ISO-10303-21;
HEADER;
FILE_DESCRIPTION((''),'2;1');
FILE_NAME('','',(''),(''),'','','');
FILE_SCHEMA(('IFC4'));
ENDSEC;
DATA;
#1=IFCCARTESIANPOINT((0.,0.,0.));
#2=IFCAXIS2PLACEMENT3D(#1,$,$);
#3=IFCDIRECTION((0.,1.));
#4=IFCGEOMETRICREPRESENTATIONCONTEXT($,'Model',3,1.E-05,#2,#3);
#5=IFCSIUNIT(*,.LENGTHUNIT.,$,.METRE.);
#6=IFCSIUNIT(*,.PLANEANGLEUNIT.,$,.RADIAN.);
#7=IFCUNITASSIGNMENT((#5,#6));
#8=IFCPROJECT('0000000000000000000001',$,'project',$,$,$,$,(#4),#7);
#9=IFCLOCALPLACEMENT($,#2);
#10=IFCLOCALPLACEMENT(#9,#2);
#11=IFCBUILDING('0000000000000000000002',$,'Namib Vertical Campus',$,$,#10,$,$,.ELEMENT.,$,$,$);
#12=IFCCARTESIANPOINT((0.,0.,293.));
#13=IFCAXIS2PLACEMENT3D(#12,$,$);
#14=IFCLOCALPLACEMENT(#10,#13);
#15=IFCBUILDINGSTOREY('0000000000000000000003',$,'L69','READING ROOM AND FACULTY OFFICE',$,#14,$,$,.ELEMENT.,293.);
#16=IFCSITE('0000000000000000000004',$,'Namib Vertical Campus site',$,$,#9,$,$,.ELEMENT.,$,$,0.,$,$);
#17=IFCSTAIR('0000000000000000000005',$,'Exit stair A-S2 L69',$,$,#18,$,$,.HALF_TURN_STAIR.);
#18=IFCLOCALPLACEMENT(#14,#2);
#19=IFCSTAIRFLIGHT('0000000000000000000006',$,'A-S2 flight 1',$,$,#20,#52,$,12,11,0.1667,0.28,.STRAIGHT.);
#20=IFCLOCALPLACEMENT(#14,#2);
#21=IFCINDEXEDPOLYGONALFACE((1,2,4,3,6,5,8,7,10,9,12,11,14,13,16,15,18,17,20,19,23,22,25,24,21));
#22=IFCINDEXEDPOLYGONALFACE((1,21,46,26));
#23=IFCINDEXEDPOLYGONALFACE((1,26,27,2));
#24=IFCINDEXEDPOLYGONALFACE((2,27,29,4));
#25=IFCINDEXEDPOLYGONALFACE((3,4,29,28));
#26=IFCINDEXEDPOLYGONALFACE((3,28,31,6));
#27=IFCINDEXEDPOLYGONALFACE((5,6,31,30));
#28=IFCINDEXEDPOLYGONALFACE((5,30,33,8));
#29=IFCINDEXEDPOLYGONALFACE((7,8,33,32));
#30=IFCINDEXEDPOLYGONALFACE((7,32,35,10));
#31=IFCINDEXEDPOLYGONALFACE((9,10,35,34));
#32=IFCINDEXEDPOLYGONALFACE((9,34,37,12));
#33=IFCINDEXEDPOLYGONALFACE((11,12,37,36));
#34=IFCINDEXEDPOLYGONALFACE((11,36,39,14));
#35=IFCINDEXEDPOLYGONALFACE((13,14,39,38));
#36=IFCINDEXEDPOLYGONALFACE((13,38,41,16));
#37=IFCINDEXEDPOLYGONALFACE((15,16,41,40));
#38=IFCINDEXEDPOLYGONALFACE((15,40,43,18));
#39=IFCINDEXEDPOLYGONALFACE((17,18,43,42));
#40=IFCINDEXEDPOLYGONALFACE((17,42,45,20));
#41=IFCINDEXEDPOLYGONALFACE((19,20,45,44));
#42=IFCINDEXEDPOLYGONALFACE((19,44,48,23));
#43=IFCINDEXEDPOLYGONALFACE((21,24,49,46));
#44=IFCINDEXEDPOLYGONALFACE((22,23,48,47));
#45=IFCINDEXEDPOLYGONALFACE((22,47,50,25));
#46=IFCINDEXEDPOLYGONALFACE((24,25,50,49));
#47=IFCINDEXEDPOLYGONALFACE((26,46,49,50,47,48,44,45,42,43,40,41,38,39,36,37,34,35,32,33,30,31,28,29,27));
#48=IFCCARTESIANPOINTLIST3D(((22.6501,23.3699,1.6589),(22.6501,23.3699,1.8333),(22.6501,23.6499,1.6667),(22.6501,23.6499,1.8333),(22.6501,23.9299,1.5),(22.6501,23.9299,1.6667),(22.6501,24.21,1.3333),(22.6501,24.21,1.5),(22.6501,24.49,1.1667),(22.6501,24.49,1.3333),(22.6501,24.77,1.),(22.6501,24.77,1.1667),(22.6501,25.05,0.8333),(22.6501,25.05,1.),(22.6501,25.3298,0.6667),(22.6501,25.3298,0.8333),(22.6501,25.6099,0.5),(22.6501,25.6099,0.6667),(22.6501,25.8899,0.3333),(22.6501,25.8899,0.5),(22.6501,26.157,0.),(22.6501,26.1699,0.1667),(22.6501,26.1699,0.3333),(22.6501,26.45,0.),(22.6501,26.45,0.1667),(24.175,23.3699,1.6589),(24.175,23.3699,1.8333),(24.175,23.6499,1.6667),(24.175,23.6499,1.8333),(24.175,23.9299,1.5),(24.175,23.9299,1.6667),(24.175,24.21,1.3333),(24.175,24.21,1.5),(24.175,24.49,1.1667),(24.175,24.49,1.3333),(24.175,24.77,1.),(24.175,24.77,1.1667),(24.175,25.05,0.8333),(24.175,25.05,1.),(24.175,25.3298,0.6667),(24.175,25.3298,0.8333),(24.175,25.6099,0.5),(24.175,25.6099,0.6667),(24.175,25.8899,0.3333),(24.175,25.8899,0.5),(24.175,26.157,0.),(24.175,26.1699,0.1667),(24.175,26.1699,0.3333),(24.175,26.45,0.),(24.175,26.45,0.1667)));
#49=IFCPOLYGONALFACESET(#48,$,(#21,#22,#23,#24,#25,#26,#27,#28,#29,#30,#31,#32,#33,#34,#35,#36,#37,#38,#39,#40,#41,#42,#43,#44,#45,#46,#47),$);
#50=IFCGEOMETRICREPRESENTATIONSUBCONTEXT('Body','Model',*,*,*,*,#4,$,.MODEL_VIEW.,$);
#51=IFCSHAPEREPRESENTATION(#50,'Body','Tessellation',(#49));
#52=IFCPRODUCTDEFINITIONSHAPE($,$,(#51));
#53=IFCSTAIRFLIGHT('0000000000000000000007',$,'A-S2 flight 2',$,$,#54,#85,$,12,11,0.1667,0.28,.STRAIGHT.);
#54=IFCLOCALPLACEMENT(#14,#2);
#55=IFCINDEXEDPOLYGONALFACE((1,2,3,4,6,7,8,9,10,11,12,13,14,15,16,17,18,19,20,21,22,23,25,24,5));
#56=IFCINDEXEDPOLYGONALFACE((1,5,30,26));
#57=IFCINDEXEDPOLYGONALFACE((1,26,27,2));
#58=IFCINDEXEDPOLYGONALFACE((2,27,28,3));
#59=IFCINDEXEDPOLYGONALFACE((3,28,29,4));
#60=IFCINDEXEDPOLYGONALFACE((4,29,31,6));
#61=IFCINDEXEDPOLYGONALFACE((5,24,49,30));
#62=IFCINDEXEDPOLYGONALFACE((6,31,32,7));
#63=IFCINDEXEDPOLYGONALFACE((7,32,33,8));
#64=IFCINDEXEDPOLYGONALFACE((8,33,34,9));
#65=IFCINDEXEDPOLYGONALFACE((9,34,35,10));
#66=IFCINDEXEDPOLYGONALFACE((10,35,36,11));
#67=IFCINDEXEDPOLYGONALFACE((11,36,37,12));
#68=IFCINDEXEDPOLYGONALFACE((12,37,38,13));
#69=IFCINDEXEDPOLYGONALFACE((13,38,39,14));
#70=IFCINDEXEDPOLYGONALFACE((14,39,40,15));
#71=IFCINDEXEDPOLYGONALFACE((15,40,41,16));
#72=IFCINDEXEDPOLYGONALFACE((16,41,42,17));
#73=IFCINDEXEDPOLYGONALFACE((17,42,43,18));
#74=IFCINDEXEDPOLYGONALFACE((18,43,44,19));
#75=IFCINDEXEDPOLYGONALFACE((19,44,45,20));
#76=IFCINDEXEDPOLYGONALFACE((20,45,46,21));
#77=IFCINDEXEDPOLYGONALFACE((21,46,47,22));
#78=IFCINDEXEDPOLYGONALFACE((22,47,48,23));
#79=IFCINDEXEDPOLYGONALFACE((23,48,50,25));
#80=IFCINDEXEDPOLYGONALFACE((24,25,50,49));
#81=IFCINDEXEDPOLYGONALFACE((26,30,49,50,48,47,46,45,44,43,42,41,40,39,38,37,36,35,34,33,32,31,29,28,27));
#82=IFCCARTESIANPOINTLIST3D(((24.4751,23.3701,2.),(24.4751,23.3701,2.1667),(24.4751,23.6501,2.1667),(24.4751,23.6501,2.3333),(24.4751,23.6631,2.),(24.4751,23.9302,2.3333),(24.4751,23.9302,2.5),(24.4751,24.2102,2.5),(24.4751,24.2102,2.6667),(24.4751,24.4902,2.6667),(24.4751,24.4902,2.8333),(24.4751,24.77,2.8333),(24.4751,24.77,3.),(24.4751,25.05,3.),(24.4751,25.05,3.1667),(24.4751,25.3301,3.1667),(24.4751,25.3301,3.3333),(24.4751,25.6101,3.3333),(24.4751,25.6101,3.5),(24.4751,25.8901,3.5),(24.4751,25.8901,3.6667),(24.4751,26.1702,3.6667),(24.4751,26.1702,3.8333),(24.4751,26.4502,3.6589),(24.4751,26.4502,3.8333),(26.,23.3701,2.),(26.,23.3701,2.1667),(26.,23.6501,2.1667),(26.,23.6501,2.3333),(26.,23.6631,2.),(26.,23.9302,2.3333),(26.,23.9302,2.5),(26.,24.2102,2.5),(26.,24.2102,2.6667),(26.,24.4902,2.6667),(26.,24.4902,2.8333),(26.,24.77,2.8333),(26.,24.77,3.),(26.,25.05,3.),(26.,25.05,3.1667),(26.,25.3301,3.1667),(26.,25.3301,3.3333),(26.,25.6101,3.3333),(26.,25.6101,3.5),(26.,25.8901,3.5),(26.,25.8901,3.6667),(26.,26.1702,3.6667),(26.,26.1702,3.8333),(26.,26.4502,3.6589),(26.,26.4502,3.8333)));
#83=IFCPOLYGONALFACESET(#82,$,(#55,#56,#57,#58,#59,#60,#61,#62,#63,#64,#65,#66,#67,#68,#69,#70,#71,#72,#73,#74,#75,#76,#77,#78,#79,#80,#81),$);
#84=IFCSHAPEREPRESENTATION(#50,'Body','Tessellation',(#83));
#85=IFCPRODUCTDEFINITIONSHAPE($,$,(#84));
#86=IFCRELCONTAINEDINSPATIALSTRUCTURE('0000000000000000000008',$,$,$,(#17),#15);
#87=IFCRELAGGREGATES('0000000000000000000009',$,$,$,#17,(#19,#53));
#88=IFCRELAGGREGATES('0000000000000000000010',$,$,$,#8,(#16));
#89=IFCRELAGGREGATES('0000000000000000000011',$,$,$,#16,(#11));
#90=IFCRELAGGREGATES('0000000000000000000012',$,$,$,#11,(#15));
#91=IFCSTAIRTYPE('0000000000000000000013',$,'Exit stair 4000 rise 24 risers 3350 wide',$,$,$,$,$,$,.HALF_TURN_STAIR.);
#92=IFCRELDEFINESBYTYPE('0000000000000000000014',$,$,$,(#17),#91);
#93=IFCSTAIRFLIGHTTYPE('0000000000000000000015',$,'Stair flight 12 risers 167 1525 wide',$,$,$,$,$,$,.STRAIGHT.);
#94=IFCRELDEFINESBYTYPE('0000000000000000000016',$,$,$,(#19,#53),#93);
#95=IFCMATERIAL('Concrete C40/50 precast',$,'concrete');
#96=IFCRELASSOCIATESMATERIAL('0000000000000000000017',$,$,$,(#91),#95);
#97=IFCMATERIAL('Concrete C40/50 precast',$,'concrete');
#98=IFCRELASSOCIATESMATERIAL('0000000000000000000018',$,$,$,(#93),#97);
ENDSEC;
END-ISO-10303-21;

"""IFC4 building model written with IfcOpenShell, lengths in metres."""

from ifc_helpers import new_model, si_unit, direction, frame, origin, place, context, subcontext, project, spatial, polyline, outline, extrude, material, type_object, element, aggregate, save


model = new_model("IFC4")

# Units and contexts
model_context = context("Model", 3, precision=1e-05, world=origin(), true_north=direction((0.0, 1.0)))
body_context = subcontext(model_context, "Body", "Model", "MODEL_VIEW")
ifc_project = project(units=[si_unit("LENGTHUNIT", "METRE"), si_unit("PLANEANGLEUNIT", "RADIAN")], contexts=[model_context])

# Site, building, storey
site_placement = place(None, origin())
site = spatial("IfcSite", under=ifc_project, at=site_placement, Name="Namib Vertical Campus site", CompositionType="ELEMENT", RefElevation=0.0)
building_placement = place(site_placement, origin())
building = spatial("IfcBuilding", under=site, at=building_placement, Name="Namib Vertical Campus", CompositionType="ELEMENT")
storey_placement = place(building_placement, frame((0.0, 0.0, 293.0)))
storey = spatial("IfcBuildingStorey", under=building, at=storey_placement, Name="L69", Description="READING ROOM AND FACULTY OFFICE", CompositionType="ELEMENT", Elevation=293.0)

# Stair, stair flights
ifc_material_1 = material(Name="Concrete C40/50 precast", Category="concrete")
stair_type = type_object("IfcStairType", Name="Exit stair 4000 rise 24 risers 3350 wide", PredefinedType="HALF_TURN_STAIR", material=ifc_material_1)
stair_placement = place(storey_placement, origin())
stair = element("IfcStair", 1, at=stair_placement, inside=storey, type_object=stair_type, Name="Exit stair A-S2 L69", PredefinedType="HALF_TURN_STAIR")
ifc_material_2 = material(Name="Concrete C40/50 precast", Category="concrete")
stair_flight_type = type_object("IfcStairFlightType", Name="Stair flight 12 risers 167 1525 wide", PredefinedType="STRAIGHT", material=ifc_material_2)
stair_flight_1_placement = place(storey_placement, frame((23.4126, 26.45, 0.0), z_axis=(0.0, 0.0, 1.0), x_axis=(0.0, -1.0, 0.0)))
stair_flight_1 = element("IfcStairFlight", 2, at=stair_flight_1_placement, type_object=stair_flight_type, Name="A-S2 flight 1", NumberOfRisers=12, NumberOfTreads=11, PredefinedType="STRAIGHT", RiserHeight=0.1667, TreadLength=0.28, context=body_context, shape_type="SweptSolid", body=[
    extrude(outline(polyline([(0.0, 0.0), (0.0, 0.1667), (0.28, 0.1667), (0.28, 0.3333), (0.5601, 0.3333), (0.5601, 0.5), (0.8401, 0.5), (0.8401, 0.6667), (1.1201, 0.6667), (1.1201, 0.8333), (1.3999, 0.8333), (1.3999, 1.0), (1.6799, 1.0), (1.6799, 1.1667), (1.96, 1.1667), (1.96, 1.3333), (2.24, 1.3333), (2.24, 1.5), (2.52, 1.5), (2.52, 1.6667), (2.8, 1.6667), (2.8, 1.8333), (3.0801, 1.8333), (3.0801, 2.0), (3.0801, 1.6589), (0.293, 0.0), (0.0, 0.0)])), frame((0.0, 0.7625, 0.0), z_axis=(0.0, -1.0, 0.0), x_axis=(1.0, 0.0, 0.0)), (0.0, 0.0, 1.0), 1.5249),
])
stair_flight_2_placement = place(storey_placement, frame((25.2375, 23.3701, 2.0), z_axis=(0.0, 0.0, 1.0), x_axis=(0.0, 1.0, 0.0)))
stair_flight_2 = element("IfcStairFlight", 3, at=stair_flight_2_placement, type_object=stair_flight_type, Name="A-S2 flight 2", NumberOfRisers=12, NumberOfTreads=11, PredefinedType="STRAIGHT", RiserHeight=0.1667, TreadLength=0.28, context=body_context, shape_type="SweptSolid", body=[
    extrude(outline(polyline([(0.0, 0.0), (0.0, 0.1667), (0.28, 0.1667), (0.28, 0.3333), (0.5601, 0.3333), (0.5601, 0.5), (0.8401, 0.5), (0.8401, 0.6667), (1.1201, 0.6667), (1.1201, 0.8333), (1.3999, 0.8333), (1.3999, 1.0), (1.6799, 1.0), (1.6799, 1.1667), (1.96, 1.1667), (1.96, 1.3333), (2.24, 1.3333), (2.24, 1.5), (2.52, 1.5), (2.52, 1.6667), (2.8, 1.6667), (2.8, 1.8333), (3.0801, 1.8333), (3.0801, 2.0), (3.0801, 1.6589), (0.293, 0.0), (0.0, 0.0)])), frame((0.0, 0.7625, 0.0), z_axis=(0.0, -1.0, 0.0), x_axis=(1.0, 0.0, 0.0)), (0.0, 0.0, 1.0), 1.5249),
])
aggregate(stair, [stair_flight_1, stair_flight_2])

save(model, "model.ifc")
